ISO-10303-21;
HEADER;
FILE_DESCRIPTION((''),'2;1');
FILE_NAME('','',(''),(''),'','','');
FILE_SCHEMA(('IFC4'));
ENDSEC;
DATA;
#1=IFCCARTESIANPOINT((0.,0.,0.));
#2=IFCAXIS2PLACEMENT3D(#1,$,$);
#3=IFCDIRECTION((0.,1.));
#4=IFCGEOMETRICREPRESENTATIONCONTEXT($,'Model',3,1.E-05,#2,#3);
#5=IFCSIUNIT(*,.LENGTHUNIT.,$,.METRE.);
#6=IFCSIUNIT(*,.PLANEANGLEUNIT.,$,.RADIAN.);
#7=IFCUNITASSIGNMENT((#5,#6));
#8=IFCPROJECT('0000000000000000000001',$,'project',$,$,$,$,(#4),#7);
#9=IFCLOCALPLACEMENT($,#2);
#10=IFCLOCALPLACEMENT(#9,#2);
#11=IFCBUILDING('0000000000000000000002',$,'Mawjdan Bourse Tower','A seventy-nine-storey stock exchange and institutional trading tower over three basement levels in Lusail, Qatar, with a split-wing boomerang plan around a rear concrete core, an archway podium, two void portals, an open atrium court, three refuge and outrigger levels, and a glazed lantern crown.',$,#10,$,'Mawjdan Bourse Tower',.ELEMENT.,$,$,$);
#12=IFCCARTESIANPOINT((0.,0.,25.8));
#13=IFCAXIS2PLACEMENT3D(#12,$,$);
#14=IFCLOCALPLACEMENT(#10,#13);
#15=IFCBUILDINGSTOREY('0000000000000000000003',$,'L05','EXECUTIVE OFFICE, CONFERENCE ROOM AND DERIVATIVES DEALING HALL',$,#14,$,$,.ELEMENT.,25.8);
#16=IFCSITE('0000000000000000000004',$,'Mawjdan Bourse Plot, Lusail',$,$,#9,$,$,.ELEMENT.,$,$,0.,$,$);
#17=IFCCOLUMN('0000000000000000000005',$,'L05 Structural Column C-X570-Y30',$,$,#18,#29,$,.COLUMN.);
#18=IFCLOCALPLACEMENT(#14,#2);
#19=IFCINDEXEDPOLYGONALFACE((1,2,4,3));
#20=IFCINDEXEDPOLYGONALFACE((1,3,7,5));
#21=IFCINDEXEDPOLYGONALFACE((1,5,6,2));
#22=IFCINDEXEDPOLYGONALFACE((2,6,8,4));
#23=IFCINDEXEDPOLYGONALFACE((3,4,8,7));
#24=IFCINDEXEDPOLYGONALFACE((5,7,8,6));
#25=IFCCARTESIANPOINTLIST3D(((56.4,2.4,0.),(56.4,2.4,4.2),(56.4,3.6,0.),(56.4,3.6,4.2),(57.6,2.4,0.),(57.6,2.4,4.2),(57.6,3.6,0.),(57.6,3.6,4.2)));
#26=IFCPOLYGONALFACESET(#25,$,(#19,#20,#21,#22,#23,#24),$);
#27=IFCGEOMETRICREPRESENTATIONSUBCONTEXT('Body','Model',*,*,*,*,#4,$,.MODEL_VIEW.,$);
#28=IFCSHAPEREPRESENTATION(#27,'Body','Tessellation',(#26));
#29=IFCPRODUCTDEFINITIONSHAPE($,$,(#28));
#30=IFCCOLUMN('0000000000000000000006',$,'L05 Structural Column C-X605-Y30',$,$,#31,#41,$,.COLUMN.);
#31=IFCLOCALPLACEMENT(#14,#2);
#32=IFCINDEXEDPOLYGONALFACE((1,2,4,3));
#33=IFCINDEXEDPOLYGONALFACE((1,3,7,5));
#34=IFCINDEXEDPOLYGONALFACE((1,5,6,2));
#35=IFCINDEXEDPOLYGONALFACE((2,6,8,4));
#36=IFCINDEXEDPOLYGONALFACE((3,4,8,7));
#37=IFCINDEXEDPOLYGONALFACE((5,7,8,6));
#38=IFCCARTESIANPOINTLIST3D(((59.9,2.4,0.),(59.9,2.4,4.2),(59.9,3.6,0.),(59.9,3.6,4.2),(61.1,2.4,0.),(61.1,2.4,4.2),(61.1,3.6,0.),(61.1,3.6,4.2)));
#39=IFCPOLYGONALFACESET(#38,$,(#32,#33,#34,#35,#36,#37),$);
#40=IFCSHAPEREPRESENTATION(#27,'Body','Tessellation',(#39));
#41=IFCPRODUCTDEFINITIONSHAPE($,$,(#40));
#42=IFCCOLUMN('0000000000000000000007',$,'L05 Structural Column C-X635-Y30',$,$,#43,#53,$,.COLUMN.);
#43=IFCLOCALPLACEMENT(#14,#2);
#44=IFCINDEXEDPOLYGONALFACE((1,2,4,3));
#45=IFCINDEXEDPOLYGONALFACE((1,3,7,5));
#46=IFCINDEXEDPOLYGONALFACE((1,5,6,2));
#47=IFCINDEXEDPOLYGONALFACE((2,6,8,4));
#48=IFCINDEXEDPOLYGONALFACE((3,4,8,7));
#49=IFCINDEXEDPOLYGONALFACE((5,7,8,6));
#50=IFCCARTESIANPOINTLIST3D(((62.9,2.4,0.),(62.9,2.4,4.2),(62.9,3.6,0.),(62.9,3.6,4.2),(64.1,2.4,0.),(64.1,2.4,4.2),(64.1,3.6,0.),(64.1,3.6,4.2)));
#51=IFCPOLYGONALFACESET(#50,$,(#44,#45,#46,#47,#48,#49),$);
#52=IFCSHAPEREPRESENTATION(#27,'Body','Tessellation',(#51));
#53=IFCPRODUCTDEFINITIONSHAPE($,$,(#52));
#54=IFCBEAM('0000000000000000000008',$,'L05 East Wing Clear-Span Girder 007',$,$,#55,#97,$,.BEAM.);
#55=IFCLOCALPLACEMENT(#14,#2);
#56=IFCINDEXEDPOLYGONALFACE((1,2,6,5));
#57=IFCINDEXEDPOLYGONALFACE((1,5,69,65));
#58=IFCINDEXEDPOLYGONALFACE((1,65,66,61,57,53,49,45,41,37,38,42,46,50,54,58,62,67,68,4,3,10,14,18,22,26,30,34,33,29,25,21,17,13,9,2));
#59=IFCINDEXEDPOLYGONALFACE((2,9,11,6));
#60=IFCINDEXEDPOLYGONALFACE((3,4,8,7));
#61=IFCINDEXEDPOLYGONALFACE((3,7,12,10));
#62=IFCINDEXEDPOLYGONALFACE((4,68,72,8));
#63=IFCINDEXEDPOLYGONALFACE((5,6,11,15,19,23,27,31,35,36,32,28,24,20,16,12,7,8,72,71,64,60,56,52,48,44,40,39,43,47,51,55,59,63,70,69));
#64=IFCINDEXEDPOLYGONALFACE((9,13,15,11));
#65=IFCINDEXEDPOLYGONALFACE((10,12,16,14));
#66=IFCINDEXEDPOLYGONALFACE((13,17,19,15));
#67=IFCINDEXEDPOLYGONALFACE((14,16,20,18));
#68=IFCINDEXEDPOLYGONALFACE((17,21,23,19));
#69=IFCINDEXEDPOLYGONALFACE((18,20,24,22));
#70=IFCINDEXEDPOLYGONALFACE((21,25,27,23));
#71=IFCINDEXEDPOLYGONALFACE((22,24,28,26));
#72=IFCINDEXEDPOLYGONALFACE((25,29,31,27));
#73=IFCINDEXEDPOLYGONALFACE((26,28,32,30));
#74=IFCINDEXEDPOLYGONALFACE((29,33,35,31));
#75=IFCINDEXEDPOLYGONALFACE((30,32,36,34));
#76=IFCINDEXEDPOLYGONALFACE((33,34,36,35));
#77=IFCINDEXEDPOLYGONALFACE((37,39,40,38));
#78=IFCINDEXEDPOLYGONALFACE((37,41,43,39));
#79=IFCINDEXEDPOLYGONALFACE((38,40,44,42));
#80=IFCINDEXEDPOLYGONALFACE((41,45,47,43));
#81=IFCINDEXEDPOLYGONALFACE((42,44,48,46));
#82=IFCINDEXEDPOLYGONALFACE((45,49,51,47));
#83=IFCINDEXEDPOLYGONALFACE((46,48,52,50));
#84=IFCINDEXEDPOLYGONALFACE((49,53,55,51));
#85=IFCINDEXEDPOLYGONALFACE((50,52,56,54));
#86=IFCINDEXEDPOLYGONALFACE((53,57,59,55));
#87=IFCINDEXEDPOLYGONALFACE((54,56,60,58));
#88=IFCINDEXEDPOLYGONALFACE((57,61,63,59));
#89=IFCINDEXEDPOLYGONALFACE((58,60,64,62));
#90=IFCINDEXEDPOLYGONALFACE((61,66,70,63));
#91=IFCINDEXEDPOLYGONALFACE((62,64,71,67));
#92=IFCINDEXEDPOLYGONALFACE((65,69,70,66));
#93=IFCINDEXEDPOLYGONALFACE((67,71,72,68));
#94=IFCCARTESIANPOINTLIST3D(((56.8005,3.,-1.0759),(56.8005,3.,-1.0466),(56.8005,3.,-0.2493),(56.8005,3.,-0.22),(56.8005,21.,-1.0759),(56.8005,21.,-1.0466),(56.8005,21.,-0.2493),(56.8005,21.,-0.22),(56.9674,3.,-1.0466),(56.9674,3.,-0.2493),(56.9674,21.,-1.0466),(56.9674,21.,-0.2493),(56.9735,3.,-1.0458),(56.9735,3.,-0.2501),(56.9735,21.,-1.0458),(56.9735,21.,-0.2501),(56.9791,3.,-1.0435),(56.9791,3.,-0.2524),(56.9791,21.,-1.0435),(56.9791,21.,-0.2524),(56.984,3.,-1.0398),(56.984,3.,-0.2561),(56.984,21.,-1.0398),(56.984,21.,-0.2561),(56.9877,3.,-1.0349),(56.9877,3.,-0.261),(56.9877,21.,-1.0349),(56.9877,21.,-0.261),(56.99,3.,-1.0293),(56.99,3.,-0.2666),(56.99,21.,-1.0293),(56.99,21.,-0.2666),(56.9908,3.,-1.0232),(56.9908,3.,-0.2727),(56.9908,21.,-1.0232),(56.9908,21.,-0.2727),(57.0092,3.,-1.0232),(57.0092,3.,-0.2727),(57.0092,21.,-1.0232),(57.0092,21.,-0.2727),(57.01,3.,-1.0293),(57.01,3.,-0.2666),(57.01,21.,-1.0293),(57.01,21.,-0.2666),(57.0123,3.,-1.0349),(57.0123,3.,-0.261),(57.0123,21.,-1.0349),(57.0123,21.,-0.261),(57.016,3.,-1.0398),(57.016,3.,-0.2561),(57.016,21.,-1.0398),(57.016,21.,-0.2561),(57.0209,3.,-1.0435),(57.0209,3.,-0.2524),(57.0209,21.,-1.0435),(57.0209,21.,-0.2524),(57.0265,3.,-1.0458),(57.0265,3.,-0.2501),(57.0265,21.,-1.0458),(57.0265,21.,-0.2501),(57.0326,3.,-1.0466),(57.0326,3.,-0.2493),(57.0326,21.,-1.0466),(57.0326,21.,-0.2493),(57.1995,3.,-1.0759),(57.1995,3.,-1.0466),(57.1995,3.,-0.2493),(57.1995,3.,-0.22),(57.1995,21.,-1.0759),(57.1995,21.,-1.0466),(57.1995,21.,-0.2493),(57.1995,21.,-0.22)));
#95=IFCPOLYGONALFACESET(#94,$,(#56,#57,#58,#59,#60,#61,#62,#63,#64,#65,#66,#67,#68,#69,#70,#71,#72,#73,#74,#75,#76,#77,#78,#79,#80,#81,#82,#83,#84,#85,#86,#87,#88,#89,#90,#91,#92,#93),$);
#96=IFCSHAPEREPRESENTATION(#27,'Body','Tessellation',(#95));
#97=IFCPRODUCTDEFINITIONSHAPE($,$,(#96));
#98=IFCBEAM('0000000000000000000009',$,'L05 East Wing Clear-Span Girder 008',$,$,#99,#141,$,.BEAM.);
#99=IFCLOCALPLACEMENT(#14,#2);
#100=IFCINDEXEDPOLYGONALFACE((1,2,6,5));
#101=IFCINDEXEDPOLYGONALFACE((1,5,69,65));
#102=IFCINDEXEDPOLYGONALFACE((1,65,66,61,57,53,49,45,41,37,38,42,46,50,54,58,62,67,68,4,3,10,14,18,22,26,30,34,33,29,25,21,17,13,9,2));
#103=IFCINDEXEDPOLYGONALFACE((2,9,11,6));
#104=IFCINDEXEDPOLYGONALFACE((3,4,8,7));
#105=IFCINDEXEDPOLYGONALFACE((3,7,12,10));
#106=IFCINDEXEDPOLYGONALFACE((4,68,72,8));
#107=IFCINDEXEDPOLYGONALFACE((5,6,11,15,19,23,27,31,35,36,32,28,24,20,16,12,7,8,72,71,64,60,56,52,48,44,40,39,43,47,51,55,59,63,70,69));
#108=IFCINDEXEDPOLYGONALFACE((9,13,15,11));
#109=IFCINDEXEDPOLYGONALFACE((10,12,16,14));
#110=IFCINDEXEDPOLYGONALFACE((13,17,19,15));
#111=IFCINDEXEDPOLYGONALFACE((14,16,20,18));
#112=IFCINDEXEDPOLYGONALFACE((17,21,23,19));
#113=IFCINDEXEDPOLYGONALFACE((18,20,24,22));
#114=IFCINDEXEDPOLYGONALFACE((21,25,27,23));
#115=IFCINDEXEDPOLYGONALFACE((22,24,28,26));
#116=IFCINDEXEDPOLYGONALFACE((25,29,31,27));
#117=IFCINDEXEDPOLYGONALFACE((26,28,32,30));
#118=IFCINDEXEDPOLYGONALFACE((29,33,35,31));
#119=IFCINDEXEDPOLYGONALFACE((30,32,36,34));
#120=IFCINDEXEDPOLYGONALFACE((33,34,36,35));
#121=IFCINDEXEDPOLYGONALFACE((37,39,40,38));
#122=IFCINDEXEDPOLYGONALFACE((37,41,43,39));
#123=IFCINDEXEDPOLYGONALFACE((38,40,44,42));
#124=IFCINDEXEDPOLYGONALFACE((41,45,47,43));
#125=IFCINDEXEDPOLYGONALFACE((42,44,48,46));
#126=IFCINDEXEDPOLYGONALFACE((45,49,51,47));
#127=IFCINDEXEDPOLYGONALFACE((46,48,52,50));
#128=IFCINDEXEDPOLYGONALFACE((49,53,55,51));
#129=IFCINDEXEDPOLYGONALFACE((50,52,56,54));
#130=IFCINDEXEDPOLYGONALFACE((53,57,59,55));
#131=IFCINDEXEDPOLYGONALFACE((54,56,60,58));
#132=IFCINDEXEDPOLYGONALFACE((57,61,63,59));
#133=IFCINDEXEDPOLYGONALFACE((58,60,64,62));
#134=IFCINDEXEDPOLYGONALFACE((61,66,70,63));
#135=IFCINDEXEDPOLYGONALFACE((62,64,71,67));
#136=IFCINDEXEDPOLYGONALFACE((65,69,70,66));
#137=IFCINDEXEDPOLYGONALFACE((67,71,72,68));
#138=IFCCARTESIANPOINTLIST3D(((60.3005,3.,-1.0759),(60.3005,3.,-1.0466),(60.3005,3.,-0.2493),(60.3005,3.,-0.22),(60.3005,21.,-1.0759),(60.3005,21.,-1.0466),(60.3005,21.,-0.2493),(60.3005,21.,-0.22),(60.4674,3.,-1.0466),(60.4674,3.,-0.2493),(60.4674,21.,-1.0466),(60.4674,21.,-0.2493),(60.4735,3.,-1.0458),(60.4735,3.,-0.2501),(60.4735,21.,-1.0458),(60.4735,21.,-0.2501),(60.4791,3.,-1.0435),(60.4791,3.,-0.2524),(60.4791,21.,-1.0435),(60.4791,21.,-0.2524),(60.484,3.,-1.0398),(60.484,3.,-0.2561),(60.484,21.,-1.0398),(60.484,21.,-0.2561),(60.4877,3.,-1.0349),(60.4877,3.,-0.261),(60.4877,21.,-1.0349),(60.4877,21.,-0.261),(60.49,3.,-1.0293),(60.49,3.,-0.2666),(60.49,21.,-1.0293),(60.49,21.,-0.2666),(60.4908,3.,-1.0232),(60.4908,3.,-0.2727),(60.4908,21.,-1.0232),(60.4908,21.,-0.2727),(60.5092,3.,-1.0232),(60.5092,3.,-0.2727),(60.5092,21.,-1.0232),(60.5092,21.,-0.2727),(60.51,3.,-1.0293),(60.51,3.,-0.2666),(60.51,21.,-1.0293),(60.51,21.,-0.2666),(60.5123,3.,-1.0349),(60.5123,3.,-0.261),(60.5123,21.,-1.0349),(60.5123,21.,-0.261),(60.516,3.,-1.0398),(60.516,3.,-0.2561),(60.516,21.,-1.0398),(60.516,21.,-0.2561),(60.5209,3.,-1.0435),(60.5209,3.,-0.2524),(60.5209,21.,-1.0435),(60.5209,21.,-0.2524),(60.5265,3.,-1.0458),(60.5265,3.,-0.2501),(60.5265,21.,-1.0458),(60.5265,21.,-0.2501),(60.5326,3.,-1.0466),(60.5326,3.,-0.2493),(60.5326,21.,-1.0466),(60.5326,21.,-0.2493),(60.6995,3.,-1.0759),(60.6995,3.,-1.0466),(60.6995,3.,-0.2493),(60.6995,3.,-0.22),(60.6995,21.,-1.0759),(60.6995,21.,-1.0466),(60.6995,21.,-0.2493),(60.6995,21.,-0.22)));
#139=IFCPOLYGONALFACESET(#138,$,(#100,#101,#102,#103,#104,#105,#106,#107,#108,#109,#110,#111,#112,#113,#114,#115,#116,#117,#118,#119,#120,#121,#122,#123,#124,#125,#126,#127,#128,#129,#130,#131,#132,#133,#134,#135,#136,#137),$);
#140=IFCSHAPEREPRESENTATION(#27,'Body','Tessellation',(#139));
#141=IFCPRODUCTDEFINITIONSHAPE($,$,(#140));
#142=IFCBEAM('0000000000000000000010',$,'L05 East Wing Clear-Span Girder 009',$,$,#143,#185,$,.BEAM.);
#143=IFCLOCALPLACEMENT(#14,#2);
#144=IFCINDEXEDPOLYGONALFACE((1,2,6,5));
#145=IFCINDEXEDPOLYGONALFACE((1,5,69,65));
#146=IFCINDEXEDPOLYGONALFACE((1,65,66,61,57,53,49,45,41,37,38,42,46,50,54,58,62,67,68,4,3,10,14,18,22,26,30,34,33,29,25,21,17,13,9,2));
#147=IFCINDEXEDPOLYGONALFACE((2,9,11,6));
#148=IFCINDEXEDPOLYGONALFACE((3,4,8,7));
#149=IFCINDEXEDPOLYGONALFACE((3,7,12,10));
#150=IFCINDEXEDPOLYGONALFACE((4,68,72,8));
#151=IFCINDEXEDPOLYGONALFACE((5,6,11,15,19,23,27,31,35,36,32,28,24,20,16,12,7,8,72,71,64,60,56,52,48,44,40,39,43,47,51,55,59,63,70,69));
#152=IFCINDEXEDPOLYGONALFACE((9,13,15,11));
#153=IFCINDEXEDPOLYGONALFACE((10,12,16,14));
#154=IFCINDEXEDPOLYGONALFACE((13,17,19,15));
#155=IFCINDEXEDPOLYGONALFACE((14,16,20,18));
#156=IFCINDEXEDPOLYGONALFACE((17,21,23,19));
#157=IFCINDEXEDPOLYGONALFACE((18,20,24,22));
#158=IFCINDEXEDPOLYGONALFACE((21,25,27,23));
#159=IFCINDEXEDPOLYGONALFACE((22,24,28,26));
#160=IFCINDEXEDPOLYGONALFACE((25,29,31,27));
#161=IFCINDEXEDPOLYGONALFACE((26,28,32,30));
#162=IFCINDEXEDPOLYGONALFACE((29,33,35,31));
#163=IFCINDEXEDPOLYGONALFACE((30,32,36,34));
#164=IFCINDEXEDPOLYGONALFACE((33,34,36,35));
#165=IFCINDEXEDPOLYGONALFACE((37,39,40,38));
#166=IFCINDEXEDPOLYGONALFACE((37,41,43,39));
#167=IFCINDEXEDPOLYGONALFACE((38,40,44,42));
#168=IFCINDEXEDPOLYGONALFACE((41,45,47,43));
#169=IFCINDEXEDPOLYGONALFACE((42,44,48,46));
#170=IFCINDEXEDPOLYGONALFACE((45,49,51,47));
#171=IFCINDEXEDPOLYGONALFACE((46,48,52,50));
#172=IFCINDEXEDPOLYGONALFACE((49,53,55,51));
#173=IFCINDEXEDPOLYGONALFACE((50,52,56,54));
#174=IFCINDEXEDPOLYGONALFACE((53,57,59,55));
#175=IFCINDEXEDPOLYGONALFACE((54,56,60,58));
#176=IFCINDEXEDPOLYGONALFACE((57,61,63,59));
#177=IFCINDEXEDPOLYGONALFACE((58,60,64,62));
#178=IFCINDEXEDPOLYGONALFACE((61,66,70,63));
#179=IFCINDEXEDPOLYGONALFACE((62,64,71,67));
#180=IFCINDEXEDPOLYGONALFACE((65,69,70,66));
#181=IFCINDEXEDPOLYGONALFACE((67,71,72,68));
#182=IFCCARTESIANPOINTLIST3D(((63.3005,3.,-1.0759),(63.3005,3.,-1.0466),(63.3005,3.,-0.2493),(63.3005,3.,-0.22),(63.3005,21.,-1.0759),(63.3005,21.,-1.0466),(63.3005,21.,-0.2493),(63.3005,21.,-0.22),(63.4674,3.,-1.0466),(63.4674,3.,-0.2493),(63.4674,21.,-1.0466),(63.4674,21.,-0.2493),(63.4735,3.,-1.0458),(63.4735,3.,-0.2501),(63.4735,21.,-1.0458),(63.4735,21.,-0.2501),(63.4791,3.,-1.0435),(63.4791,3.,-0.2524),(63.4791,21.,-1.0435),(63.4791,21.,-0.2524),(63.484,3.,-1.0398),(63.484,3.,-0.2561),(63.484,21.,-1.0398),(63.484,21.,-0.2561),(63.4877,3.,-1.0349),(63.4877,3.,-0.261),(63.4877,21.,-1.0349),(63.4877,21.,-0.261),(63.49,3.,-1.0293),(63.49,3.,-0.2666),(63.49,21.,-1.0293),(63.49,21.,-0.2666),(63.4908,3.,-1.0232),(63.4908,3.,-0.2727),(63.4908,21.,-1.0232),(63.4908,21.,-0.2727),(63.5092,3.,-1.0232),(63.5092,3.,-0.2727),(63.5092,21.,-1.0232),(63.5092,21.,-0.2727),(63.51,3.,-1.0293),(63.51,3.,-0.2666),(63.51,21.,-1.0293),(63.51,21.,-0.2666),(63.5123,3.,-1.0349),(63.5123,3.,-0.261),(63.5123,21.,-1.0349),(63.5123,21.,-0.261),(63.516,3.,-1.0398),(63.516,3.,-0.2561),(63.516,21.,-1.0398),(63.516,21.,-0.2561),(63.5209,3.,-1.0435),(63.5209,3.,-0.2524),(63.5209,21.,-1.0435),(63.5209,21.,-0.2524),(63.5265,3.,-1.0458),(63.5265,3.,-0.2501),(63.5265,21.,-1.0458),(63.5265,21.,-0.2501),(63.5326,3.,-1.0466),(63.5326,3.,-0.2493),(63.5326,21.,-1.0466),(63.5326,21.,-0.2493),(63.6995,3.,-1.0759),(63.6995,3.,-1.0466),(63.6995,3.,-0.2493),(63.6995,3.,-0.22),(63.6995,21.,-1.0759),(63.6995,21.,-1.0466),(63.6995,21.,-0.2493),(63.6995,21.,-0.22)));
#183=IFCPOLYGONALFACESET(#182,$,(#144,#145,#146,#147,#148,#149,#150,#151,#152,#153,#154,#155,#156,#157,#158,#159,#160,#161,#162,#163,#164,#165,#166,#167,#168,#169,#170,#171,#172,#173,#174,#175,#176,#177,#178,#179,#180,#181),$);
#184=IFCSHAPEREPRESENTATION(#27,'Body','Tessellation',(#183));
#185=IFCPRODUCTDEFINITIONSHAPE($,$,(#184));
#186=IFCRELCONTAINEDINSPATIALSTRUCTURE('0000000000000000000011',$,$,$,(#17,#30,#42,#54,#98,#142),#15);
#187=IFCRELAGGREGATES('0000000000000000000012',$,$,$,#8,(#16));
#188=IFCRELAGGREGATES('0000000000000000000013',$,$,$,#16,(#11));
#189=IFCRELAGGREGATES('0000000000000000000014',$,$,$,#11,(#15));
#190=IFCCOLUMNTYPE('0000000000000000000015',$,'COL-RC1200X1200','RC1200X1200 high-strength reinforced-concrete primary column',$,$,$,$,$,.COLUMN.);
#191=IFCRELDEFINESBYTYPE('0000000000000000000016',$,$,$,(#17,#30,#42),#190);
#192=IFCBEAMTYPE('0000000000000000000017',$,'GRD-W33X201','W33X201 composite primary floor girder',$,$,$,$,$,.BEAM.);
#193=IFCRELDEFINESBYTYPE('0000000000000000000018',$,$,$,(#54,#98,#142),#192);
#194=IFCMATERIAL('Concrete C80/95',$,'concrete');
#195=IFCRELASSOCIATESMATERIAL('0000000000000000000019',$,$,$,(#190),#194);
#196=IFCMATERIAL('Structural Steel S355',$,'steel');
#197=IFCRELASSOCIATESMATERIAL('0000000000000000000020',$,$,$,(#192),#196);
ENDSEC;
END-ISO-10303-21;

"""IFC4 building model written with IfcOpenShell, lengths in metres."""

from ifc_helpers import new_model, si_unit, direction, frame, origin, origin_2d, place, context, subcontext, project, spatial, rectangle, i_section, extrude, material, material_profile, profile_set, type_object, element, save


model = new_model("IFC4")

# Units and contexts
model_context = context("Model", 3, precision=1e-05, world=origin(), true_north=direction((0.0, 1.0)))
body_context = subcontext(model_context, "Body", "Model", "MODEL_VIEW")
ifc_project = project(units=[si_unit("LENGTHUNIT", "METRE"), si_unit("PLANEANGLEUNIT", "RADIAN")], contexts=[model_context])

# Site, building, storey
site_placement = place(None, origin())
site = spatial("IfcSite", under=ifc_project, at=site_placement, Name="Mawjdan Bourse Plot, Lusail", CompositionType="ELEMENT", RefElevation=0.0)
building_placement = place(site_placement, origin())
building = spatial("IfcBuilding", under=site, at=building_placement, Name="Mawjdan Bourse Tower", Description="A seventy-nine-storey stock exchange and institutional trading tower over three basement levels in Lusail, Qatar, with a split-wing boomerang plan around a rear concrete core, an archway podium, two void portals, an open atrium court, three refuge and outrigger levels, and a glazed lantern crown.", LongName="Mawjdan Bourse Tower", CompositionType="ELEMENT")
storey_placement = place(building_placement, frame((0.0, 0.0, 25.8)))
storey = spatial("IfcBuildingStorey", under=building, at=storey_placement, Name="L05", Description="EXECUTIVE OFFICE, CONFERENCE ROOM AND DERIVATIVES DEALING HALL", CompositionType="ELEMENT", Elevation=25.8)

# Columns
ifc_material_1 = material(Name="Concrete C80/95", Category="concrete")
ifc_material_profile_1 = material_profile(ifc_material_1, rectangle(XDim=1.2, YDim=1.2, at=origin_2d()), Name="RC1200X1200")
ifc_profile_set_1 = profile_set([ifc_material_profile_1], Name="Concrete C80/95")
column_type = type_object("IfcColumnType", Name="COL-RC1200X1200", Description="RC1200X1200 high-strength reinforced-concrete primary column", PredefinedType="COLUMN", material=ifc_profile_set_1)
for number, where, z_axis, x_axis, name in (
    (1, (57.0, 3.0, 0.0), (0.0, 0.0, 1.0), (1.0, 0.0, 0.0), "L05 Structural Column C-X570-Y30"),
    (2, (60.5, 3.0, 0.0), (0.0, 0.0, 1.0), (1.0, 0.0, 0.0), "L05 Structural Column C-X605-Y30"),
    (3, (63.5, 3.0, 0.0), (0.0, 0.0, 1.0), (1.0, 0.0, 0.0), "L05 Structural Column C-X635-Y30"),
):
    element("IfcColumn", number, at=place(storey_placement, frame(where, z_axis=z_axis, x_axis=x_axis)), inside=storey, type_object=column_type, Name=name, PredefinedType="COLUMN", context=body_context, shape_type="SweptSolid", body=[
        extrude(rectangle(XDim=1.2, YDim=1.2, at=origin_2d()), origin(), (0.0, 0.0, 1.0), 4.2),
    ])

# Beams
ifc_material_2 = material(Name="Structural Steel S355", Category="steel")
ifc_material_profile_2 = material_profile(ifc_material_2, i_section(OverallWidth=0.3989, OverallDepth=0.856, WebThickness=0.0183, FlangeThickness=0.0293, FilletRadius=0.0234, at=origin_2d()), Name="W33X201")
ifc_profile_set_2 = profile_set([ifc_material_profile_2], Name="Structural Steel S355")
beam_type_1 = type_object("IfcBeamType", Name="GRD-W33X201", Description="W33X201 composite primary floor girder", PredefinedType="BEAM", material=ifc_profile_set_2)
for number, where, z_axis, x_axis, name in (
    (4, (57.0, 3.0, -0.6479), (0.0, 1.0, 0.0), (-1.0, 0.0, 0.0), "L05 East Wing Clear-Span Girder 007"),
    (5, (60.5, 3.0, -0.6479), (0.0, 1.0, 0.0), (-1.0, 0.0, 0.0), "L05 East Wing Clear-Span Girder 008"),
    (6, (63.5, 3.0, -0.6479), (0.0, 1.0, 0.0), (-1.0, 0.0, 0.0), "L05 East Wing Clear-Span Girder 009"),
):
    element("IfcBeam", number, at=place(storey_placement, frame(where, z_axis=z_axis, x_axis=x_axis)), inside=storey, type_object=beam_type_1, Name=name, PredefinedType="BEAM", context=body_context, shape_type="SweptSolid", body=[
        extrude(i_section(OverallWidth=0.3989, OverallDepth=0.856, WebThickness=0.0183, FlangeThickness=0.0293, FilletRadius=0.0234, at=origin_2d()), origin(), (0.0, 0.0, 1.0), 18.0),
    ])

save(model, "model.ifc")
